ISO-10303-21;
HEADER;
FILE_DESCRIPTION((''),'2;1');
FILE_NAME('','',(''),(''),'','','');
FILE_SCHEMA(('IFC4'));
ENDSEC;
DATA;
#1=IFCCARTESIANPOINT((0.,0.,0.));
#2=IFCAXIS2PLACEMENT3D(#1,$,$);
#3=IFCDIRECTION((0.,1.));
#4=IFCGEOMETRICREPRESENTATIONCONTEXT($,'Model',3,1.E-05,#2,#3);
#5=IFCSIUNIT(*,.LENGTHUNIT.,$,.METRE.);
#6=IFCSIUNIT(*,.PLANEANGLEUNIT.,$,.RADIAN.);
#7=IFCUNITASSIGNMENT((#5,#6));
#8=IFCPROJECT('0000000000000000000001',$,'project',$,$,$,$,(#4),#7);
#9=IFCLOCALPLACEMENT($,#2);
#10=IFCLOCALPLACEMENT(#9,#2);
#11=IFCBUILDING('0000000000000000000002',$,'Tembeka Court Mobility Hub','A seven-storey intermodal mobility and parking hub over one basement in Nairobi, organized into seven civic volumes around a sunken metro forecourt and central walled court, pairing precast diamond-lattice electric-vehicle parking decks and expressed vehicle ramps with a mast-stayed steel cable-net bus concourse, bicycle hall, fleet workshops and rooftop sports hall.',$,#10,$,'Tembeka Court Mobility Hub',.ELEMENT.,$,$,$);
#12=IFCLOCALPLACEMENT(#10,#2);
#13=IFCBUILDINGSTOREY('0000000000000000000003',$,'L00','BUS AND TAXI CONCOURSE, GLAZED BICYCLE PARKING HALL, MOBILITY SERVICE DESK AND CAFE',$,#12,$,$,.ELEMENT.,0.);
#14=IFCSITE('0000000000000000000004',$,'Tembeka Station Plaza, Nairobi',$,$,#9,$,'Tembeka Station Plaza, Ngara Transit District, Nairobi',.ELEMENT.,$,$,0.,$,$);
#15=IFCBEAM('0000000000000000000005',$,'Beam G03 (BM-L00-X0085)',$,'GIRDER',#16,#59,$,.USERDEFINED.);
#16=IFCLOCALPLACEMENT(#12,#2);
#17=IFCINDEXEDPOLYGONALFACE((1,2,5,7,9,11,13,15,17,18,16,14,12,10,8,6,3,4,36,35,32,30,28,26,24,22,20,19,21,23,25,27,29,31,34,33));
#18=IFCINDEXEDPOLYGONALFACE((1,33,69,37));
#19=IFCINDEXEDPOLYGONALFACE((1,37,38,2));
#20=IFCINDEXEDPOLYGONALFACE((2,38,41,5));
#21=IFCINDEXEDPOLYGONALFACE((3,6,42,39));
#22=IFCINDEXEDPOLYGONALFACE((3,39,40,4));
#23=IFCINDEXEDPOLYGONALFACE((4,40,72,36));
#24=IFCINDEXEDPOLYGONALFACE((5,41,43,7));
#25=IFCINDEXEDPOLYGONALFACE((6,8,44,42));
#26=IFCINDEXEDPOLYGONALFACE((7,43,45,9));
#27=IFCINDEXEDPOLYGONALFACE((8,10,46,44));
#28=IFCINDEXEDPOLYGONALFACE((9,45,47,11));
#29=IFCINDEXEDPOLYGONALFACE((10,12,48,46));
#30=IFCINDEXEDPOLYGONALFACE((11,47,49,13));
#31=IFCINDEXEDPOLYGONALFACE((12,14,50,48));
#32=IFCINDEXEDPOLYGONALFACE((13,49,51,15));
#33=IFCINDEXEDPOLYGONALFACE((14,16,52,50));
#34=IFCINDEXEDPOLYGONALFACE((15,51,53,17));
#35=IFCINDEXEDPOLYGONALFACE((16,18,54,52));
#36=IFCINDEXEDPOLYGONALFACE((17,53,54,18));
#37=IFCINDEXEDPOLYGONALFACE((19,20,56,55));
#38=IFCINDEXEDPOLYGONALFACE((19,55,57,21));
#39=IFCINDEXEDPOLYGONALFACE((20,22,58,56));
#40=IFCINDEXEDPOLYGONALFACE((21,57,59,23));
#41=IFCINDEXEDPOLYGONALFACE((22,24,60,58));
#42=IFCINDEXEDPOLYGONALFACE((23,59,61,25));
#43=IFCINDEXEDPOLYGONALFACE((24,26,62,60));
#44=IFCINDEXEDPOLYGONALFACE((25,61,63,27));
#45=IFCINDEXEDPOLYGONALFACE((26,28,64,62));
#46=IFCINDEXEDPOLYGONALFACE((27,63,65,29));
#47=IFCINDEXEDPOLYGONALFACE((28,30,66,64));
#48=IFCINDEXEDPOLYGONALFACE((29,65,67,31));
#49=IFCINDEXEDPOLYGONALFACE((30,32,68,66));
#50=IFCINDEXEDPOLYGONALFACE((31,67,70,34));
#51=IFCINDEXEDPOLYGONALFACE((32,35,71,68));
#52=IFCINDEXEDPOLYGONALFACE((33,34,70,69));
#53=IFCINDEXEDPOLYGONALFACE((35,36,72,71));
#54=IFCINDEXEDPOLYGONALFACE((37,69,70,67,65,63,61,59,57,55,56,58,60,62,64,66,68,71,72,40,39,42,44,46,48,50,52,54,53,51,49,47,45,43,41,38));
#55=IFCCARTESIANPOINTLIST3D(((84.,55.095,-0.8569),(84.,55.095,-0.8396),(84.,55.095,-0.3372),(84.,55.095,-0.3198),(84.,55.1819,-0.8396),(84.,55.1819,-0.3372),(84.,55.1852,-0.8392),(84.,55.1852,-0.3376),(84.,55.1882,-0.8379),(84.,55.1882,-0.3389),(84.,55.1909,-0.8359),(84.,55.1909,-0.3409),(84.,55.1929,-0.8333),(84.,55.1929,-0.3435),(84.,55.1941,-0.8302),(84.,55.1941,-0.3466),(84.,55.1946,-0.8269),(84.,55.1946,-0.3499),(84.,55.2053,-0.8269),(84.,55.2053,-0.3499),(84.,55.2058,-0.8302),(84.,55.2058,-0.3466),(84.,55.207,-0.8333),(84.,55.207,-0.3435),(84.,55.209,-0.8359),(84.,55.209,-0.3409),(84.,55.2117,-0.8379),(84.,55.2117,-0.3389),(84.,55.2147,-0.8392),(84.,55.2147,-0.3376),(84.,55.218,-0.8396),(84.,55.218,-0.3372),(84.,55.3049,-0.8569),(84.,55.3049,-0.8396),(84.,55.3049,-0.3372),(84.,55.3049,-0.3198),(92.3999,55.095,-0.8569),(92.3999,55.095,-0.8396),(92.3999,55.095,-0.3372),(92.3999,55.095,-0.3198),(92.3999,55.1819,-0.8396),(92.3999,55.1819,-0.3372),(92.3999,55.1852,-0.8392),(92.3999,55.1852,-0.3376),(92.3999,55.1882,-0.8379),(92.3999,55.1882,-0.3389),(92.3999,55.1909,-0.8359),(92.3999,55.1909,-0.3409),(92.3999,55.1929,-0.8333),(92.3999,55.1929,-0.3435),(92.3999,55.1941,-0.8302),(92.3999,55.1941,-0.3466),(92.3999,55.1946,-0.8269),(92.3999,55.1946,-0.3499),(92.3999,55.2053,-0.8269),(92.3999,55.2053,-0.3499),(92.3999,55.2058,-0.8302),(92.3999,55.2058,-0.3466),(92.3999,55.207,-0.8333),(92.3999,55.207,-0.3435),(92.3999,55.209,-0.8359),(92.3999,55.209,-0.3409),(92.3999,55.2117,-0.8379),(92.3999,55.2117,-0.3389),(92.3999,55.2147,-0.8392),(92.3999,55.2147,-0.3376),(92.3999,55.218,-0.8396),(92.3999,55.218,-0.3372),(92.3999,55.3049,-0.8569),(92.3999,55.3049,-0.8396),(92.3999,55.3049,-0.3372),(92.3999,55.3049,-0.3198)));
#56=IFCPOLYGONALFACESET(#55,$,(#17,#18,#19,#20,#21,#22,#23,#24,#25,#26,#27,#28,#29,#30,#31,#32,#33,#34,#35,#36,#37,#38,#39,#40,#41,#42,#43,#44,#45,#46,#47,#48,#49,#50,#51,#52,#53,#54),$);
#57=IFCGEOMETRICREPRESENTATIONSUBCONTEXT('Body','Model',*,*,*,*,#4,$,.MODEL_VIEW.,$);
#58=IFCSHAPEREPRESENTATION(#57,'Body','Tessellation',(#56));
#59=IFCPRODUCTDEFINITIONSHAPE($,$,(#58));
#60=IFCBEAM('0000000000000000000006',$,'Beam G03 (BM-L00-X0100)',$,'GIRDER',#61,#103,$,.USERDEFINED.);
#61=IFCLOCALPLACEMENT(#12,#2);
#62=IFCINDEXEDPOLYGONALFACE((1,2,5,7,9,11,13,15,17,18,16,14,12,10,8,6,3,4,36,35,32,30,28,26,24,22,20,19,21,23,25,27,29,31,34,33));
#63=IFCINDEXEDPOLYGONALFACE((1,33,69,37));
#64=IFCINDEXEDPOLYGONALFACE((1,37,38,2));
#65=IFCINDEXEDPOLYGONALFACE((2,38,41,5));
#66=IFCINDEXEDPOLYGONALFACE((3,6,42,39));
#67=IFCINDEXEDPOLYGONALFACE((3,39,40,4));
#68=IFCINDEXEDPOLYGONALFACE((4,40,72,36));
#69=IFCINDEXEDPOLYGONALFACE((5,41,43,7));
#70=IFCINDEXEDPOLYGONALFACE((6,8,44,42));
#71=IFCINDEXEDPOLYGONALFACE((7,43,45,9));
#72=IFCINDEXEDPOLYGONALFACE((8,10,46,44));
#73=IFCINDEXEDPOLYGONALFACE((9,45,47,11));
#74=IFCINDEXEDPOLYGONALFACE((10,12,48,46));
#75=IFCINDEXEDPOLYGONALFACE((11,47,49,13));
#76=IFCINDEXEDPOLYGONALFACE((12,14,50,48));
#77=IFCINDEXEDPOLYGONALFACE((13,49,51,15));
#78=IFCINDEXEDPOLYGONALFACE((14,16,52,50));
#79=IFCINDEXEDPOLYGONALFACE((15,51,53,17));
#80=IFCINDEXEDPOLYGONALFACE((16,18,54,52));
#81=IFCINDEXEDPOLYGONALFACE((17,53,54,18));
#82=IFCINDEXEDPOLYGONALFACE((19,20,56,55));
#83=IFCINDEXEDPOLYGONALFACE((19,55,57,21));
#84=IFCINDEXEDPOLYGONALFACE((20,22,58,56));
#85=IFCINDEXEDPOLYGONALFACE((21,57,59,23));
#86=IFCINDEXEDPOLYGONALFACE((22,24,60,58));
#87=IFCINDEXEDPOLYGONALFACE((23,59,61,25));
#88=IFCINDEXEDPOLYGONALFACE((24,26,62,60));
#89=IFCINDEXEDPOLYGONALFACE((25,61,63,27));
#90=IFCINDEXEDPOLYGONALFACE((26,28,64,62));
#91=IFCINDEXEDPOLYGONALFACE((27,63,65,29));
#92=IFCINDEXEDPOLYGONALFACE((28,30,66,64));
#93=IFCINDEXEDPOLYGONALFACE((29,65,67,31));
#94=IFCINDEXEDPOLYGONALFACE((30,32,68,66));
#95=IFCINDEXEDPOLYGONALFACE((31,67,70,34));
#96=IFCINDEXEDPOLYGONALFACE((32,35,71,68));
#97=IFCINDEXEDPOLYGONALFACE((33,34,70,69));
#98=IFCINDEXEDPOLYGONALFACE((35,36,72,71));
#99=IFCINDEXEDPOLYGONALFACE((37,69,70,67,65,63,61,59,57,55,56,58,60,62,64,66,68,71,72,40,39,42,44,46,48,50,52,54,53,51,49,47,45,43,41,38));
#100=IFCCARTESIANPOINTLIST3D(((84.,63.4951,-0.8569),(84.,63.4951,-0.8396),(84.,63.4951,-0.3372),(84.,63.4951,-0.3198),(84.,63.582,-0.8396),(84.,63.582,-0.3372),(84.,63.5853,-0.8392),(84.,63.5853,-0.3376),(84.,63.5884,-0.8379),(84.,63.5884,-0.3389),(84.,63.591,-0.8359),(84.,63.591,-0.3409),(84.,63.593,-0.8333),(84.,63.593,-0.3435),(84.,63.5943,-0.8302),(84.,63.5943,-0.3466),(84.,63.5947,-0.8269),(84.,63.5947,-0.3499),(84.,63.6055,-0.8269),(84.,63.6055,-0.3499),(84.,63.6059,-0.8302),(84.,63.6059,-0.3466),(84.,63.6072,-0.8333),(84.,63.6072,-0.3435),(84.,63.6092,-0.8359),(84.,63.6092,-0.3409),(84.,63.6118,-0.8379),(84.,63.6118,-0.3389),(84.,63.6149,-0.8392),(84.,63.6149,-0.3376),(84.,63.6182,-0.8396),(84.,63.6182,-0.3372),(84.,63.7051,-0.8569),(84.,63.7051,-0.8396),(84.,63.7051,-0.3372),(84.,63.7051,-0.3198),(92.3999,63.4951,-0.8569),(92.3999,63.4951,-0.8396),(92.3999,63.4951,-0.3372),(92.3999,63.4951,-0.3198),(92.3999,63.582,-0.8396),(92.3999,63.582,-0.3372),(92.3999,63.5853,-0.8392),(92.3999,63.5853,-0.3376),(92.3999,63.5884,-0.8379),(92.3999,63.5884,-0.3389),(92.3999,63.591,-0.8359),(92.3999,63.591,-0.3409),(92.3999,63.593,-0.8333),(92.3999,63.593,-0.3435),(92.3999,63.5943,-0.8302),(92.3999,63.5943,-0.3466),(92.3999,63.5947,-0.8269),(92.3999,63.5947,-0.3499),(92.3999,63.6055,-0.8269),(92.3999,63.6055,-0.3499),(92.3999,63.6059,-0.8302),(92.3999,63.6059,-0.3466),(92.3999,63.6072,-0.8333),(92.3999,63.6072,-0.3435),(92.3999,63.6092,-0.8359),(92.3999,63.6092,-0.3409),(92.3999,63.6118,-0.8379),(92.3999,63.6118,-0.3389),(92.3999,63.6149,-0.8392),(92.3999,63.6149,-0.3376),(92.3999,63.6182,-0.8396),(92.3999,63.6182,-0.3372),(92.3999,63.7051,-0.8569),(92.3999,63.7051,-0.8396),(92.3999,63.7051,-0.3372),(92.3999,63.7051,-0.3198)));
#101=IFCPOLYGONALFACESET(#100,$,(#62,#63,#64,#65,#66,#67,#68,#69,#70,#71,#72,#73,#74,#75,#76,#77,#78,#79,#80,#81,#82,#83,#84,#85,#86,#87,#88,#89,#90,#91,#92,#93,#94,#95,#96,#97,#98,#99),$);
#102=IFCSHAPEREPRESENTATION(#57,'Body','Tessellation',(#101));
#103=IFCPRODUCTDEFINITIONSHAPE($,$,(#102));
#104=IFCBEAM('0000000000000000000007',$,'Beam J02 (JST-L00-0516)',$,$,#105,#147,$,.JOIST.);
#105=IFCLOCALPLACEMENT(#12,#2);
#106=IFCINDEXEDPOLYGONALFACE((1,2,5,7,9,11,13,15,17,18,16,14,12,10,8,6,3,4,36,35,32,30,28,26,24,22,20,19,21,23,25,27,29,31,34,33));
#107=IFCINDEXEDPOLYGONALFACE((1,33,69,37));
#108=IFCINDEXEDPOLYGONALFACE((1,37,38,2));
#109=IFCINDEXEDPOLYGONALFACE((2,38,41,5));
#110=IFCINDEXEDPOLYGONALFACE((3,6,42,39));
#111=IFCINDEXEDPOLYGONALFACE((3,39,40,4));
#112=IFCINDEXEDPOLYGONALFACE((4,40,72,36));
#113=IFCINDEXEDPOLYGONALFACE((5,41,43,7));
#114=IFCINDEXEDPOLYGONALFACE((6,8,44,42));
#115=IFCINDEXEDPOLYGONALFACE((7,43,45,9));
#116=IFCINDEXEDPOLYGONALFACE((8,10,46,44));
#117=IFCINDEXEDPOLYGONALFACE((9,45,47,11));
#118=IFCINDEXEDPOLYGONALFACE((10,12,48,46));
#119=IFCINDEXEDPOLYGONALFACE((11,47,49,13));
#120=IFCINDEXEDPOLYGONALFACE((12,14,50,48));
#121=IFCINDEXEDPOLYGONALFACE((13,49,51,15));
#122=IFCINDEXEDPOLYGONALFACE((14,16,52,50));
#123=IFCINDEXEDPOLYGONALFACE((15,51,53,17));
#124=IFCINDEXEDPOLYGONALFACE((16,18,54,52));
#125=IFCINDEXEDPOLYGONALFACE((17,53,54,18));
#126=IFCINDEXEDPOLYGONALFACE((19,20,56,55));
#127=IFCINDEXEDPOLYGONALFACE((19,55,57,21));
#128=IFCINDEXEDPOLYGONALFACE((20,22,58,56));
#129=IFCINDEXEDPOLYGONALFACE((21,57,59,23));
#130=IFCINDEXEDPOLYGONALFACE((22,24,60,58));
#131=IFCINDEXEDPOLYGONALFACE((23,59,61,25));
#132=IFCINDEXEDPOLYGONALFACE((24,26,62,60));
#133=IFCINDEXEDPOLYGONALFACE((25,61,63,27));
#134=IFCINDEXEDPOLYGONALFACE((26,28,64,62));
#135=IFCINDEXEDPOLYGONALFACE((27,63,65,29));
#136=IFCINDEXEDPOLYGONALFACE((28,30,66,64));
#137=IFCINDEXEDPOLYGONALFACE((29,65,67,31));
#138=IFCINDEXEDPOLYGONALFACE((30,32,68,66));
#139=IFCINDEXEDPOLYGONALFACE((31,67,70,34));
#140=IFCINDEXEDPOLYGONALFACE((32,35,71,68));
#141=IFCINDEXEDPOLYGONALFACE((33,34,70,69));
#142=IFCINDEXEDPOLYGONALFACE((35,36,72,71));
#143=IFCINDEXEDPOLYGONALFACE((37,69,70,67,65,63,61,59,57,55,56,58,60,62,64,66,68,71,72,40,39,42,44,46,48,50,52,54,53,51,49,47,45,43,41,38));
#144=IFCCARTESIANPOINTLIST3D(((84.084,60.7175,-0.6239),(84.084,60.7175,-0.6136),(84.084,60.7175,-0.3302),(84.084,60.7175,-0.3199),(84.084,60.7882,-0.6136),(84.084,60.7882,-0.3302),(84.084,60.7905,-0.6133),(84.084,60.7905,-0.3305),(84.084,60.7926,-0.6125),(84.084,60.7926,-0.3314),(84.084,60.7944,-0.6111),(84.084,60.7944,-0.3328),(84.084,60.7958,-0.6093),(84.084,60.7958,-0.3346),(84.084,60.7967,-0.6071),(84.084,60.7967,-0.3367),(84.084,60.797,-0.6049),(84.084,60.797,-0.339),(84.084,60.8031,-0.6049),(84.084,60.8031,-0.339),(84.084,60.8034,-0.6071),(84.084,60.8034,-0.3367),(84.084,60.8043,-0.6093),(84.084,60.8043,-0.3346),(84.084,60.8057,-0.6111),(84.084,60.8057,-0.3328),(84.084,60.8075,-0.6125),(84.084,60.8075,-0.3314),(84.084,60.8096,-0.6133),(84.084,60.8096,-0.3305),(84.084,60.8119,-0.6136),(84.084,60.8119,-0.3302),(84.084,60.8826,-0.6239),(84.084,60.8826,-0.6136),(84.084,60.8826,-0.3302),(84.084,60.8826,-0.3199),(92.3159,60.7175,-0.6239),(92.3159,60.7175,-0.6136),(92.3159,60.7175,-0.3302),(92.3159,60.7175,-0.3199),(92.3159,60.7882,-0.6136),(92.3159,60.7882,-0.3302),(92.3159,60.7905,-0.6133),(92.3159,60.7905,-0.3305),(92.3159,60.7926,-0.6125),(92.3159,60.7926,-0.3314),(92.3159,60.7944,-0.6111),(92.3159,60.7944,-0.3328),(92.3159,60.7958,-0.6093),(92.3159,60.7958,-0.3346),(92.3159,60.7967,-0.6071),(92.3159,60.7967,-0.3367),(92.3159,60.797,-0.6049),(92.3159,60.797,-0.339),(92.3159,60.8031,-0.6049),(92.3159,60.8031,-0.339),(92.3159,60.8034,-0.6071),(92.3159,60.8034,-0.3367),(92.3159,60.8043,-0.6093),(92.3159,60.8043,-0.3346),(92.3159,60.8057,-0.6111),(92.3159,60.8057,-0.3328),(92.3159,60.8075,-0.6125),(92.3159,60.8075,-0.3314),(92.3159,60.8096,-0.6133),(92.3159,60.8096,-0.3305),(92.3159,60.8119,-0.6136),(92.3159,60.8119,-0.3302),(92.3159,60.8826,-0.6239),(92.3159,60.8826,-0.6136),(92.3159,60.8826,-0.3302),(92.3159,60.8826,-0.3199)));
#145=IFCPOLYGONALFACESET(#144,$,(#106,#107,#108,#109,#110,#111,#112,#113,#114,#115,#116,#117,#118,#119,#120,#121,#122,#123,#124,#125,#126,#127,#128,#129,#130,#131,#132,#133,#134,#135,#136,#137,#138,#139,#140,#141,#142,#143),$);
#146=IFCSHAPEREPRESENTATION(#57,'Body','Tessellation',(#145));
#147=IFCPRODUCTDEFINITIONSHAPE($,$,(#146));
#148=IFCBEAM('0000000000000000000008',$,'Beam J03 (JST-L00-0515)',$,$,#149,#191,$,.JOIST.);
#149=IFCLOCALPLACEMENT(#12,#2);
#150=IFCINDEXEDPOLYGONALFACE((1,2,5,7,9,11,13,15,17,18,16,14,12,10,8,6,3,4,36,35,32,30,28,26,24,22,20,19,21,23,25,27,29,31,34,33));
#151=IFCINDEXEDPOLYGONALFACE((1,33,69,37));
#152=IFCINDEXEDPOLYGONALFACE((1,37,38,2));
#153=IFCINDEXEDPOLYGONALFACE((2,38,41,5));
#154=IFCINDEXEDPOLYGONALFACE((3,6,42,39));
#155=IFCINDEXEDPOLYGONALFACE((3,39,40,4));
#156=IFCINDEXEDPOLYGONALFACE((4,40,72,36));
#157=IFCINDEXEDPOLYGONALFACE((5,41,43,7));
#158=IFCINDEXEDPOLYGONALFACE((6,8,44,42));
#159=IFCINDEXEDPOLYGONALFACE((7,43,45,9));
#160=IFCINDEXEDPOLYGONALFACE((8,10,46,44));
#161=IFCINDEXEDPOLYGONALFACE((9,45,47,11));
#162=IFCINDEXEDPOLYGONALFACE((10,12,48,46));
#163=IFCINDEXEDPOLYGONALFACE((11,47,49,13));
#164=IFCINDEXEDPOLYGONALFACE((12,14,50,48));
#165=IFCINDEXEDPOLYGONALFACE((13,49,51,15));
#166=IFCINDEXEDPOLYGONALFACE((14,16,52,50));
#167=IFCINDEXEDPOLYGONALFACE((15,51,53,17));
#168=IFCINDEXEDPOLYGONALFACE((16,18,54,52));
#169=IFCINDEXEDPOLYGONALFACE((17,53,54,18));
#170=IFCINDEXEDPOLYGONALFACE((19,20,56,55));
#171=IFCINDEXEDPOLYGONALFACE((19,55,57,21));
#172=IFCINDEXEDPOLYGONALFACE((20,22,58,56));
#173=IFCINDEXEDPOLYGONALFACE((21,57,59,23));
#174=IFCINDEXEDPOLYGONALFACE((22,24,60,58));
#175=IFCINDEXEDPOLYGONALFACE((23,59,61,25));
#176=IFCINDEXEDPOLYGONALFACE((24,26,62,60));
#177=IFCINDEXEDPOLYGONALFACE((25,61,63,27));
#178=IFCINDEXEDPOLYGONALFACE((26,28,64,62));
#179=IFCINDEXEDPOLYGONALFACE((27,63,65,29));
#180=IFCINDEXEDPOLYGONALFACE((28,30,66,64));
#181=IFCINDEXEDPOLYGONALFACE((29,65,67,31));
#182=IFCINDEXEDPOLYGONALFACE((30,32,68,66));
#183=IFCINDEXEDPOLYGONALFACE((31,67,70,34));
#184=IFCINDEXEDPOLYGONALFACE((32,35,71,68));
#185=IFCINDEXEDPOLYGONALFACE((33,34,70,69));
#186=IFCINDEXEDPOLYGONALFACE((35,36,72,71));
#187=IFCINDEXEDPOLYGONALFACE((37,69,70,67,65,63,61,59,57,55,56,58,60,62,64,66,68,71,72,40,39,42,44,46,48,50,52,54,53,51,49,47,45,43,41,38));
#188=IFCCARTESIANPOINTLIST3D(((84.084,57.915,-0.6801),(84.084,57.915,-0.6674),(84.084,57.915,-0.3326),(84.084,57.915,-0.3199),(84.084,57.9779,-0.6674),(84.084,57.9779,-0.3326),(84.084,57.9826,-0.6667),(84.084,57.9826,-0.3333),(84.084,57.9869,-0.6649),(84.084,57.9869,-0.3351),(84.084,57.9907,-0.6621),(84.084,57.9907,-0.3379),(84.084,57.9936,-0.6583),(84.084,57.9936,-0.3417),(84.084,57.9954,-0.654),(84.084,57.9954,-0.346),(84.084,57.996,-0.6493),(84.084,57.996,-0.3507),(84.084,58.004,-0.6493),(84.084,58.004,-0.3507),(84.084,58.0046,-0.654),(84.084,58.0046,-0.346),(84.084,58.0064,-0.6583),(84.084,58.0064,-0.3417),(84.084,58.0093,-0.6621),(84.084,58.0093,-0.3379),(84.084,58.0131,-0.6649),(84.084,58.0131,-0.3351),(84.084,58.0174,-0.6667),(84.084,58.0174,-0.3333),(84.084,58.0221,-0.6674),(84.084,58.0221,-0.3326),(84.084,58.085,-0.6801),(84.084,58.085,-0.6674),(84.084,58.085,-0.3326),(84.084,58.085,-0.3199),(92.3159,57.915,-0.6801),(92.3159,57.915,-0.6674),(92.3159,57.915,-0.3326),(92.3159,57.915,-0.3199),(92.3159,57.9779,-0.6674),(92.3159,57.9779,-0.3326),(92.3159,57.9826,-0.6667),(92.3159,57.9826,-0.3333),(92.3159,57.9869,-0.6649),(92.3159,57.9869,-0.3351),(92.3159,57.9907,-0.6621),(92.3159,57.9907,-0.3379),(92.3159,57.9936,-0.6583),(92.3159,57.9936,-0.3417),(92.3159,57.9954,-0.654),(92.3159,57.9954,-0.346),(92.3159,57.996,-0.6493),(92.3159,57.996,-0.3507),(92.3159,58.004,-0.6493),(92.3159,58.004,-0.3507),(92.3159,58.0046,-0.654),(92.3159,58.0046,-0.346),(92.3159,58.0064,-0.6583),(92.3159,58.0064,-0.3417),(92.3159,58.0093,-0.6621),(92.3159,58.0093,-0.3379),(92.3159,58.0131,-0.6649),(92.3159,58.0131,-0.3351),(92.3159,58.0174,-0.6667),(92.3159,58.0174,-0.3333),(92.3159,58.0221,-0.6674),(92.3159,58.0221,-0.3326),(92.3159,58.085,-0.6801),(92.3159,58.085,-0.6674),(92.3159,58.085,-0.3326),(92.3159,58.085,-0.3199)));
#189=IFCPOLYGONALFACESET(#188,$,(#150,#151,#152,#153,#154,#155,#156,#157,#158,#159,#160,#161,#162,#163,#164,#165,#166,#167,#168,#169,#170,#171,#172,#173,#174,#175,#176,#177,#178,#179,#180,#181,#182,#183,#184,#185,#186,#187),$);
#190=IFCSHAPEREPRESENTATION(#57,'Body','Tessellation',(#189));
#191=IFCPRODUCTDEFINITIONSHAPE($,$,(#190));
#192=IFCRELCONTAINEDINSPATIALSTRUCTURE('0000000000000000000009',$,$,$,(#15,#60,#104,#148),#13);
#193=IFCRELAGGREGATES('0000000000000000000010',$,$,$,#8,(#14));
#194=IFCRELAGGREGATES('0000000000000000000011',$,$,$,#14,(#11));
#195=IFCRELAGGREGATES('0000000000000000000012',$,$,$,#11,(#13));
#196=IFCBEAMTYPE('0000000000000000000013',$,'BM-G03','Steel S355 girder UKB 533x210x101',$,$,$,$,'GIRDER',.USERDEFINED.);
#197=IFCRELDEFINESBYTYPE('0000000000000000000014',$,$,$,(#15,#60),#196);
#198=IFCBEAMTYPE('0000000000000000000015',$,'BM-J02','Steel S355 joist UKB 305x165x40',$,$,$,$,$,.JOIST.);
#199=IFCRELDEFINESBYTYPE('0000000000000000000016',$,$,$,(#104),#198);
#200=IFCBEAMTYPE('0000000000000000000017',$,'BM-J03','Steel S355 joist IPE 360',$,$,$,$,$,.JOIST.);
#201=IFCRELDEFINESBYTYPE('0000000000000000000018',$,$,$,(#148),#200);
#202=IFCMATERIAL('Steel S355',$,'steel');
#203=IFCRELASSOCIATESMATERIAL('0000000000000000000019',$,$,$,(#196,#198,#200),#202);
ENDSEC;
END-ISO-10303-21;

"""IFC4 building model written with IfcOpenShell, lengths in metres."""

from ifc_helpers import new_model, si_unit, direction, frame, origin, origin_2d, place, context, subcontext, project, spatial, i_section, extrude, material, material_profile, profile_set, type_object, element, save


model = new_model("IFC4")

# Units and contexts
model_context = context("Model", 3, precision=1e-05, world=origin(), true_north=direction((0.0, 1.0)))
body_context = subcontext(model_context, "Body", "Model", "MODEL_VIEW")
ifc_project = project(units=[si_unit("LENGTHUNIT", "METRE"), si_unit("PLANEANGLEUNIT", "RADIAN")], contexts=[model_context])

# Site, building, storey
site_placement = place(None, origin())
site = spatial("IfcSite", under=ifc_project, at=site_placement, Name="Tembeka Station Plaza, Nairobi", LongName="Tembeka Station Plaza, Ngara Transit District, Nairobi", CompositionType="ELEMENT", RefElevation=0.0)
building_placement = place(site_placement, origin())
building = spatial("IfcBuilding", under=site, at=building_placement, Name="Tembeka Court Mobility Hub", Description="A seven-storey intermodal mobility and parking hub over one basement in Nairobi, organized into seven civic volumes around a sunken metro forecourt and central walled court, pairing precast diamond-lattice electric-vehicle parking decks and expressed vehicle ramps with a mast-stayed steel cable-net bus concourse, bicycle hall, fleet workshops and rooftop sports hall.", LongName="Tembeka Court Mobility Hub", CompositionType="ELEMENT")
storey_placement = place(building_placement, origin())
storey = spatial("IfcBuildingStorey", under=building, at=storey_placement, Name="L00", Description="BUS AND TAXI CONCOURSE, GLAZED BICYCLE PARKING HALL, MOBILITY SERVICE DESK AND CAFE", CompositionType="ELEMENT", Elevation=0.0)

# Shared definitions
ifc_material_1 = material(Name="Steel S355", Category="steel")

# Beams
ifc_material_profile_1 = material_profile(ifc_material_1, i_section(OverallWidth=0.21, OverallDepth=0.5371, WebThickness=0.0107, FlangeThickness=0.0173, FilletRadius=0.0127, at=origin_2d()), Name="UKB 533x210x101")
ifc_profile_set_1 = profile_set([ifc_material_profile_1], Name="Steel S355")
beam_type_1 = type_object("IfcBeamType", Name="BM-G03", Description="Steel S355 girder UKB 533x210x101", ElementType="GIRDER", PredefinedType="USERDEFINED", material=ifc_profile_set_1)
for number, where, z_axis, x_axis, name in (
    (1, (84.0, 55.2, -0.5884), (1.0, 0.0, 0.0), (0.0, 1.0, 0.0), "Beam G03 (BM-L00-X0085)"),
    (2, (84.0, 63.6001, -0.5884), (1.0, 0.0, 0.0), (0.0, 1.0, 0.0), "Beam G03 (BM-L00-X0100)"),
):
    element("IfcBeam", number, at=place(storey_placement, frame(where, z_axis=z_axis, x_axis=x_axis)), inside=storey, type_object=beam_type_1, Name=name, ObjectType="GIRDER", PredefinedType="USERDEFINED", context=body_context, shape_type="SweptSolid", body=[
        extrude(i_section(OverallWidth=0.21, OverallDepth=0.5371, WebThickness=0.0107, FlangeThickness=0.0173, FilletRadius=0.0127, at=origin_2d()), origin(), (0.0, 0.0, 1.0), 8.3999),
    ])
ifc_material_profile_2 = material_profile(ifc_material_1, i_section(OverallWidth=0.165, OverallDepth=0.304, WebThickness=0.0061, FlangeThickness=0.0103, FilletRadius=0.0088, at=origin_2d()), Name="UKB 305x165x40")
ifc_profile_set_2 = profile_set([ifc_material_profile_2], Name="Steel S355")
beam_type_2 = type_object("IfcBeamType", Name="BM-J02", Description="Steel S355 joist UKB 305x165x40", PredefinedType="JOIST", material=ifc_profile_set_2)
beam_1_placement = place(storey_placement, frame((84.084, 60.8, -0.4719), z_axis=(1.0, 0.0, 0.0), x_axis=(0.0, 1.0, 0.0)))
element("IfcBeam", 3, at=beam_1_placement, inside=storey, type_object=beam_type_2, Name="Beam J02 (JST-L00-0516)", PredefinedType="JOIST", context=body_context, shape_type="SweptSolid", body=[
    extrude(i_section(OverallWidth=0.165, OverallDepth=0.304, WebThickness=0.0061, FlangeThickness=0.0103, FilletRadius=0.0088, at=origin_2d()), origin(), (0.0, 0.0, 1.0), 8.2319),
])
ifc_material_profile_3 = material_profile(ifc_material_1, i_section(OverallWidth=0.1699, OverallDepth=0.3601, WebThickness=0.0081, FlangeThickness=0.0127, FilletRadius=0.0181, at=origin_2d()), Name="IPE 360")
ifc_profile_set_3 = profile_set([ifc_material_profile_3], Name="Steel S355")
beam_type_3 = type_object("IfcBeamType", Name="BM-J03", Description="Steel S355 joist IPE 360", PredefinedType="JOIST", material=ifc_profile_set_3)
beam_2_placement = place(storey_placement, frame((84.084, 58.0, -0.5), z_axis=(1.0, 0.0, 0.0), x_axis=(0.0, 1.0, 0.0)))
element("IfcBeam", 4, at=beam_2_placement, inside=storey, type_object=beam_type_3, Name="Beam J03 (JST-L00-0515)", PredefinedType="JOIST", context=body_context, shape_type="SweptSolid", body=[
    extrude(i_section(OverallWidth=0.1699, OverallDepth=0.3601, WebThickness=0.0081, FlangeThickness=0.0127, FilletRadius=0.0181, at=origin_2d()), origin(), (0.0, 0.0, 1.0), 8.2319),
])

save(model, "model.ifc")
